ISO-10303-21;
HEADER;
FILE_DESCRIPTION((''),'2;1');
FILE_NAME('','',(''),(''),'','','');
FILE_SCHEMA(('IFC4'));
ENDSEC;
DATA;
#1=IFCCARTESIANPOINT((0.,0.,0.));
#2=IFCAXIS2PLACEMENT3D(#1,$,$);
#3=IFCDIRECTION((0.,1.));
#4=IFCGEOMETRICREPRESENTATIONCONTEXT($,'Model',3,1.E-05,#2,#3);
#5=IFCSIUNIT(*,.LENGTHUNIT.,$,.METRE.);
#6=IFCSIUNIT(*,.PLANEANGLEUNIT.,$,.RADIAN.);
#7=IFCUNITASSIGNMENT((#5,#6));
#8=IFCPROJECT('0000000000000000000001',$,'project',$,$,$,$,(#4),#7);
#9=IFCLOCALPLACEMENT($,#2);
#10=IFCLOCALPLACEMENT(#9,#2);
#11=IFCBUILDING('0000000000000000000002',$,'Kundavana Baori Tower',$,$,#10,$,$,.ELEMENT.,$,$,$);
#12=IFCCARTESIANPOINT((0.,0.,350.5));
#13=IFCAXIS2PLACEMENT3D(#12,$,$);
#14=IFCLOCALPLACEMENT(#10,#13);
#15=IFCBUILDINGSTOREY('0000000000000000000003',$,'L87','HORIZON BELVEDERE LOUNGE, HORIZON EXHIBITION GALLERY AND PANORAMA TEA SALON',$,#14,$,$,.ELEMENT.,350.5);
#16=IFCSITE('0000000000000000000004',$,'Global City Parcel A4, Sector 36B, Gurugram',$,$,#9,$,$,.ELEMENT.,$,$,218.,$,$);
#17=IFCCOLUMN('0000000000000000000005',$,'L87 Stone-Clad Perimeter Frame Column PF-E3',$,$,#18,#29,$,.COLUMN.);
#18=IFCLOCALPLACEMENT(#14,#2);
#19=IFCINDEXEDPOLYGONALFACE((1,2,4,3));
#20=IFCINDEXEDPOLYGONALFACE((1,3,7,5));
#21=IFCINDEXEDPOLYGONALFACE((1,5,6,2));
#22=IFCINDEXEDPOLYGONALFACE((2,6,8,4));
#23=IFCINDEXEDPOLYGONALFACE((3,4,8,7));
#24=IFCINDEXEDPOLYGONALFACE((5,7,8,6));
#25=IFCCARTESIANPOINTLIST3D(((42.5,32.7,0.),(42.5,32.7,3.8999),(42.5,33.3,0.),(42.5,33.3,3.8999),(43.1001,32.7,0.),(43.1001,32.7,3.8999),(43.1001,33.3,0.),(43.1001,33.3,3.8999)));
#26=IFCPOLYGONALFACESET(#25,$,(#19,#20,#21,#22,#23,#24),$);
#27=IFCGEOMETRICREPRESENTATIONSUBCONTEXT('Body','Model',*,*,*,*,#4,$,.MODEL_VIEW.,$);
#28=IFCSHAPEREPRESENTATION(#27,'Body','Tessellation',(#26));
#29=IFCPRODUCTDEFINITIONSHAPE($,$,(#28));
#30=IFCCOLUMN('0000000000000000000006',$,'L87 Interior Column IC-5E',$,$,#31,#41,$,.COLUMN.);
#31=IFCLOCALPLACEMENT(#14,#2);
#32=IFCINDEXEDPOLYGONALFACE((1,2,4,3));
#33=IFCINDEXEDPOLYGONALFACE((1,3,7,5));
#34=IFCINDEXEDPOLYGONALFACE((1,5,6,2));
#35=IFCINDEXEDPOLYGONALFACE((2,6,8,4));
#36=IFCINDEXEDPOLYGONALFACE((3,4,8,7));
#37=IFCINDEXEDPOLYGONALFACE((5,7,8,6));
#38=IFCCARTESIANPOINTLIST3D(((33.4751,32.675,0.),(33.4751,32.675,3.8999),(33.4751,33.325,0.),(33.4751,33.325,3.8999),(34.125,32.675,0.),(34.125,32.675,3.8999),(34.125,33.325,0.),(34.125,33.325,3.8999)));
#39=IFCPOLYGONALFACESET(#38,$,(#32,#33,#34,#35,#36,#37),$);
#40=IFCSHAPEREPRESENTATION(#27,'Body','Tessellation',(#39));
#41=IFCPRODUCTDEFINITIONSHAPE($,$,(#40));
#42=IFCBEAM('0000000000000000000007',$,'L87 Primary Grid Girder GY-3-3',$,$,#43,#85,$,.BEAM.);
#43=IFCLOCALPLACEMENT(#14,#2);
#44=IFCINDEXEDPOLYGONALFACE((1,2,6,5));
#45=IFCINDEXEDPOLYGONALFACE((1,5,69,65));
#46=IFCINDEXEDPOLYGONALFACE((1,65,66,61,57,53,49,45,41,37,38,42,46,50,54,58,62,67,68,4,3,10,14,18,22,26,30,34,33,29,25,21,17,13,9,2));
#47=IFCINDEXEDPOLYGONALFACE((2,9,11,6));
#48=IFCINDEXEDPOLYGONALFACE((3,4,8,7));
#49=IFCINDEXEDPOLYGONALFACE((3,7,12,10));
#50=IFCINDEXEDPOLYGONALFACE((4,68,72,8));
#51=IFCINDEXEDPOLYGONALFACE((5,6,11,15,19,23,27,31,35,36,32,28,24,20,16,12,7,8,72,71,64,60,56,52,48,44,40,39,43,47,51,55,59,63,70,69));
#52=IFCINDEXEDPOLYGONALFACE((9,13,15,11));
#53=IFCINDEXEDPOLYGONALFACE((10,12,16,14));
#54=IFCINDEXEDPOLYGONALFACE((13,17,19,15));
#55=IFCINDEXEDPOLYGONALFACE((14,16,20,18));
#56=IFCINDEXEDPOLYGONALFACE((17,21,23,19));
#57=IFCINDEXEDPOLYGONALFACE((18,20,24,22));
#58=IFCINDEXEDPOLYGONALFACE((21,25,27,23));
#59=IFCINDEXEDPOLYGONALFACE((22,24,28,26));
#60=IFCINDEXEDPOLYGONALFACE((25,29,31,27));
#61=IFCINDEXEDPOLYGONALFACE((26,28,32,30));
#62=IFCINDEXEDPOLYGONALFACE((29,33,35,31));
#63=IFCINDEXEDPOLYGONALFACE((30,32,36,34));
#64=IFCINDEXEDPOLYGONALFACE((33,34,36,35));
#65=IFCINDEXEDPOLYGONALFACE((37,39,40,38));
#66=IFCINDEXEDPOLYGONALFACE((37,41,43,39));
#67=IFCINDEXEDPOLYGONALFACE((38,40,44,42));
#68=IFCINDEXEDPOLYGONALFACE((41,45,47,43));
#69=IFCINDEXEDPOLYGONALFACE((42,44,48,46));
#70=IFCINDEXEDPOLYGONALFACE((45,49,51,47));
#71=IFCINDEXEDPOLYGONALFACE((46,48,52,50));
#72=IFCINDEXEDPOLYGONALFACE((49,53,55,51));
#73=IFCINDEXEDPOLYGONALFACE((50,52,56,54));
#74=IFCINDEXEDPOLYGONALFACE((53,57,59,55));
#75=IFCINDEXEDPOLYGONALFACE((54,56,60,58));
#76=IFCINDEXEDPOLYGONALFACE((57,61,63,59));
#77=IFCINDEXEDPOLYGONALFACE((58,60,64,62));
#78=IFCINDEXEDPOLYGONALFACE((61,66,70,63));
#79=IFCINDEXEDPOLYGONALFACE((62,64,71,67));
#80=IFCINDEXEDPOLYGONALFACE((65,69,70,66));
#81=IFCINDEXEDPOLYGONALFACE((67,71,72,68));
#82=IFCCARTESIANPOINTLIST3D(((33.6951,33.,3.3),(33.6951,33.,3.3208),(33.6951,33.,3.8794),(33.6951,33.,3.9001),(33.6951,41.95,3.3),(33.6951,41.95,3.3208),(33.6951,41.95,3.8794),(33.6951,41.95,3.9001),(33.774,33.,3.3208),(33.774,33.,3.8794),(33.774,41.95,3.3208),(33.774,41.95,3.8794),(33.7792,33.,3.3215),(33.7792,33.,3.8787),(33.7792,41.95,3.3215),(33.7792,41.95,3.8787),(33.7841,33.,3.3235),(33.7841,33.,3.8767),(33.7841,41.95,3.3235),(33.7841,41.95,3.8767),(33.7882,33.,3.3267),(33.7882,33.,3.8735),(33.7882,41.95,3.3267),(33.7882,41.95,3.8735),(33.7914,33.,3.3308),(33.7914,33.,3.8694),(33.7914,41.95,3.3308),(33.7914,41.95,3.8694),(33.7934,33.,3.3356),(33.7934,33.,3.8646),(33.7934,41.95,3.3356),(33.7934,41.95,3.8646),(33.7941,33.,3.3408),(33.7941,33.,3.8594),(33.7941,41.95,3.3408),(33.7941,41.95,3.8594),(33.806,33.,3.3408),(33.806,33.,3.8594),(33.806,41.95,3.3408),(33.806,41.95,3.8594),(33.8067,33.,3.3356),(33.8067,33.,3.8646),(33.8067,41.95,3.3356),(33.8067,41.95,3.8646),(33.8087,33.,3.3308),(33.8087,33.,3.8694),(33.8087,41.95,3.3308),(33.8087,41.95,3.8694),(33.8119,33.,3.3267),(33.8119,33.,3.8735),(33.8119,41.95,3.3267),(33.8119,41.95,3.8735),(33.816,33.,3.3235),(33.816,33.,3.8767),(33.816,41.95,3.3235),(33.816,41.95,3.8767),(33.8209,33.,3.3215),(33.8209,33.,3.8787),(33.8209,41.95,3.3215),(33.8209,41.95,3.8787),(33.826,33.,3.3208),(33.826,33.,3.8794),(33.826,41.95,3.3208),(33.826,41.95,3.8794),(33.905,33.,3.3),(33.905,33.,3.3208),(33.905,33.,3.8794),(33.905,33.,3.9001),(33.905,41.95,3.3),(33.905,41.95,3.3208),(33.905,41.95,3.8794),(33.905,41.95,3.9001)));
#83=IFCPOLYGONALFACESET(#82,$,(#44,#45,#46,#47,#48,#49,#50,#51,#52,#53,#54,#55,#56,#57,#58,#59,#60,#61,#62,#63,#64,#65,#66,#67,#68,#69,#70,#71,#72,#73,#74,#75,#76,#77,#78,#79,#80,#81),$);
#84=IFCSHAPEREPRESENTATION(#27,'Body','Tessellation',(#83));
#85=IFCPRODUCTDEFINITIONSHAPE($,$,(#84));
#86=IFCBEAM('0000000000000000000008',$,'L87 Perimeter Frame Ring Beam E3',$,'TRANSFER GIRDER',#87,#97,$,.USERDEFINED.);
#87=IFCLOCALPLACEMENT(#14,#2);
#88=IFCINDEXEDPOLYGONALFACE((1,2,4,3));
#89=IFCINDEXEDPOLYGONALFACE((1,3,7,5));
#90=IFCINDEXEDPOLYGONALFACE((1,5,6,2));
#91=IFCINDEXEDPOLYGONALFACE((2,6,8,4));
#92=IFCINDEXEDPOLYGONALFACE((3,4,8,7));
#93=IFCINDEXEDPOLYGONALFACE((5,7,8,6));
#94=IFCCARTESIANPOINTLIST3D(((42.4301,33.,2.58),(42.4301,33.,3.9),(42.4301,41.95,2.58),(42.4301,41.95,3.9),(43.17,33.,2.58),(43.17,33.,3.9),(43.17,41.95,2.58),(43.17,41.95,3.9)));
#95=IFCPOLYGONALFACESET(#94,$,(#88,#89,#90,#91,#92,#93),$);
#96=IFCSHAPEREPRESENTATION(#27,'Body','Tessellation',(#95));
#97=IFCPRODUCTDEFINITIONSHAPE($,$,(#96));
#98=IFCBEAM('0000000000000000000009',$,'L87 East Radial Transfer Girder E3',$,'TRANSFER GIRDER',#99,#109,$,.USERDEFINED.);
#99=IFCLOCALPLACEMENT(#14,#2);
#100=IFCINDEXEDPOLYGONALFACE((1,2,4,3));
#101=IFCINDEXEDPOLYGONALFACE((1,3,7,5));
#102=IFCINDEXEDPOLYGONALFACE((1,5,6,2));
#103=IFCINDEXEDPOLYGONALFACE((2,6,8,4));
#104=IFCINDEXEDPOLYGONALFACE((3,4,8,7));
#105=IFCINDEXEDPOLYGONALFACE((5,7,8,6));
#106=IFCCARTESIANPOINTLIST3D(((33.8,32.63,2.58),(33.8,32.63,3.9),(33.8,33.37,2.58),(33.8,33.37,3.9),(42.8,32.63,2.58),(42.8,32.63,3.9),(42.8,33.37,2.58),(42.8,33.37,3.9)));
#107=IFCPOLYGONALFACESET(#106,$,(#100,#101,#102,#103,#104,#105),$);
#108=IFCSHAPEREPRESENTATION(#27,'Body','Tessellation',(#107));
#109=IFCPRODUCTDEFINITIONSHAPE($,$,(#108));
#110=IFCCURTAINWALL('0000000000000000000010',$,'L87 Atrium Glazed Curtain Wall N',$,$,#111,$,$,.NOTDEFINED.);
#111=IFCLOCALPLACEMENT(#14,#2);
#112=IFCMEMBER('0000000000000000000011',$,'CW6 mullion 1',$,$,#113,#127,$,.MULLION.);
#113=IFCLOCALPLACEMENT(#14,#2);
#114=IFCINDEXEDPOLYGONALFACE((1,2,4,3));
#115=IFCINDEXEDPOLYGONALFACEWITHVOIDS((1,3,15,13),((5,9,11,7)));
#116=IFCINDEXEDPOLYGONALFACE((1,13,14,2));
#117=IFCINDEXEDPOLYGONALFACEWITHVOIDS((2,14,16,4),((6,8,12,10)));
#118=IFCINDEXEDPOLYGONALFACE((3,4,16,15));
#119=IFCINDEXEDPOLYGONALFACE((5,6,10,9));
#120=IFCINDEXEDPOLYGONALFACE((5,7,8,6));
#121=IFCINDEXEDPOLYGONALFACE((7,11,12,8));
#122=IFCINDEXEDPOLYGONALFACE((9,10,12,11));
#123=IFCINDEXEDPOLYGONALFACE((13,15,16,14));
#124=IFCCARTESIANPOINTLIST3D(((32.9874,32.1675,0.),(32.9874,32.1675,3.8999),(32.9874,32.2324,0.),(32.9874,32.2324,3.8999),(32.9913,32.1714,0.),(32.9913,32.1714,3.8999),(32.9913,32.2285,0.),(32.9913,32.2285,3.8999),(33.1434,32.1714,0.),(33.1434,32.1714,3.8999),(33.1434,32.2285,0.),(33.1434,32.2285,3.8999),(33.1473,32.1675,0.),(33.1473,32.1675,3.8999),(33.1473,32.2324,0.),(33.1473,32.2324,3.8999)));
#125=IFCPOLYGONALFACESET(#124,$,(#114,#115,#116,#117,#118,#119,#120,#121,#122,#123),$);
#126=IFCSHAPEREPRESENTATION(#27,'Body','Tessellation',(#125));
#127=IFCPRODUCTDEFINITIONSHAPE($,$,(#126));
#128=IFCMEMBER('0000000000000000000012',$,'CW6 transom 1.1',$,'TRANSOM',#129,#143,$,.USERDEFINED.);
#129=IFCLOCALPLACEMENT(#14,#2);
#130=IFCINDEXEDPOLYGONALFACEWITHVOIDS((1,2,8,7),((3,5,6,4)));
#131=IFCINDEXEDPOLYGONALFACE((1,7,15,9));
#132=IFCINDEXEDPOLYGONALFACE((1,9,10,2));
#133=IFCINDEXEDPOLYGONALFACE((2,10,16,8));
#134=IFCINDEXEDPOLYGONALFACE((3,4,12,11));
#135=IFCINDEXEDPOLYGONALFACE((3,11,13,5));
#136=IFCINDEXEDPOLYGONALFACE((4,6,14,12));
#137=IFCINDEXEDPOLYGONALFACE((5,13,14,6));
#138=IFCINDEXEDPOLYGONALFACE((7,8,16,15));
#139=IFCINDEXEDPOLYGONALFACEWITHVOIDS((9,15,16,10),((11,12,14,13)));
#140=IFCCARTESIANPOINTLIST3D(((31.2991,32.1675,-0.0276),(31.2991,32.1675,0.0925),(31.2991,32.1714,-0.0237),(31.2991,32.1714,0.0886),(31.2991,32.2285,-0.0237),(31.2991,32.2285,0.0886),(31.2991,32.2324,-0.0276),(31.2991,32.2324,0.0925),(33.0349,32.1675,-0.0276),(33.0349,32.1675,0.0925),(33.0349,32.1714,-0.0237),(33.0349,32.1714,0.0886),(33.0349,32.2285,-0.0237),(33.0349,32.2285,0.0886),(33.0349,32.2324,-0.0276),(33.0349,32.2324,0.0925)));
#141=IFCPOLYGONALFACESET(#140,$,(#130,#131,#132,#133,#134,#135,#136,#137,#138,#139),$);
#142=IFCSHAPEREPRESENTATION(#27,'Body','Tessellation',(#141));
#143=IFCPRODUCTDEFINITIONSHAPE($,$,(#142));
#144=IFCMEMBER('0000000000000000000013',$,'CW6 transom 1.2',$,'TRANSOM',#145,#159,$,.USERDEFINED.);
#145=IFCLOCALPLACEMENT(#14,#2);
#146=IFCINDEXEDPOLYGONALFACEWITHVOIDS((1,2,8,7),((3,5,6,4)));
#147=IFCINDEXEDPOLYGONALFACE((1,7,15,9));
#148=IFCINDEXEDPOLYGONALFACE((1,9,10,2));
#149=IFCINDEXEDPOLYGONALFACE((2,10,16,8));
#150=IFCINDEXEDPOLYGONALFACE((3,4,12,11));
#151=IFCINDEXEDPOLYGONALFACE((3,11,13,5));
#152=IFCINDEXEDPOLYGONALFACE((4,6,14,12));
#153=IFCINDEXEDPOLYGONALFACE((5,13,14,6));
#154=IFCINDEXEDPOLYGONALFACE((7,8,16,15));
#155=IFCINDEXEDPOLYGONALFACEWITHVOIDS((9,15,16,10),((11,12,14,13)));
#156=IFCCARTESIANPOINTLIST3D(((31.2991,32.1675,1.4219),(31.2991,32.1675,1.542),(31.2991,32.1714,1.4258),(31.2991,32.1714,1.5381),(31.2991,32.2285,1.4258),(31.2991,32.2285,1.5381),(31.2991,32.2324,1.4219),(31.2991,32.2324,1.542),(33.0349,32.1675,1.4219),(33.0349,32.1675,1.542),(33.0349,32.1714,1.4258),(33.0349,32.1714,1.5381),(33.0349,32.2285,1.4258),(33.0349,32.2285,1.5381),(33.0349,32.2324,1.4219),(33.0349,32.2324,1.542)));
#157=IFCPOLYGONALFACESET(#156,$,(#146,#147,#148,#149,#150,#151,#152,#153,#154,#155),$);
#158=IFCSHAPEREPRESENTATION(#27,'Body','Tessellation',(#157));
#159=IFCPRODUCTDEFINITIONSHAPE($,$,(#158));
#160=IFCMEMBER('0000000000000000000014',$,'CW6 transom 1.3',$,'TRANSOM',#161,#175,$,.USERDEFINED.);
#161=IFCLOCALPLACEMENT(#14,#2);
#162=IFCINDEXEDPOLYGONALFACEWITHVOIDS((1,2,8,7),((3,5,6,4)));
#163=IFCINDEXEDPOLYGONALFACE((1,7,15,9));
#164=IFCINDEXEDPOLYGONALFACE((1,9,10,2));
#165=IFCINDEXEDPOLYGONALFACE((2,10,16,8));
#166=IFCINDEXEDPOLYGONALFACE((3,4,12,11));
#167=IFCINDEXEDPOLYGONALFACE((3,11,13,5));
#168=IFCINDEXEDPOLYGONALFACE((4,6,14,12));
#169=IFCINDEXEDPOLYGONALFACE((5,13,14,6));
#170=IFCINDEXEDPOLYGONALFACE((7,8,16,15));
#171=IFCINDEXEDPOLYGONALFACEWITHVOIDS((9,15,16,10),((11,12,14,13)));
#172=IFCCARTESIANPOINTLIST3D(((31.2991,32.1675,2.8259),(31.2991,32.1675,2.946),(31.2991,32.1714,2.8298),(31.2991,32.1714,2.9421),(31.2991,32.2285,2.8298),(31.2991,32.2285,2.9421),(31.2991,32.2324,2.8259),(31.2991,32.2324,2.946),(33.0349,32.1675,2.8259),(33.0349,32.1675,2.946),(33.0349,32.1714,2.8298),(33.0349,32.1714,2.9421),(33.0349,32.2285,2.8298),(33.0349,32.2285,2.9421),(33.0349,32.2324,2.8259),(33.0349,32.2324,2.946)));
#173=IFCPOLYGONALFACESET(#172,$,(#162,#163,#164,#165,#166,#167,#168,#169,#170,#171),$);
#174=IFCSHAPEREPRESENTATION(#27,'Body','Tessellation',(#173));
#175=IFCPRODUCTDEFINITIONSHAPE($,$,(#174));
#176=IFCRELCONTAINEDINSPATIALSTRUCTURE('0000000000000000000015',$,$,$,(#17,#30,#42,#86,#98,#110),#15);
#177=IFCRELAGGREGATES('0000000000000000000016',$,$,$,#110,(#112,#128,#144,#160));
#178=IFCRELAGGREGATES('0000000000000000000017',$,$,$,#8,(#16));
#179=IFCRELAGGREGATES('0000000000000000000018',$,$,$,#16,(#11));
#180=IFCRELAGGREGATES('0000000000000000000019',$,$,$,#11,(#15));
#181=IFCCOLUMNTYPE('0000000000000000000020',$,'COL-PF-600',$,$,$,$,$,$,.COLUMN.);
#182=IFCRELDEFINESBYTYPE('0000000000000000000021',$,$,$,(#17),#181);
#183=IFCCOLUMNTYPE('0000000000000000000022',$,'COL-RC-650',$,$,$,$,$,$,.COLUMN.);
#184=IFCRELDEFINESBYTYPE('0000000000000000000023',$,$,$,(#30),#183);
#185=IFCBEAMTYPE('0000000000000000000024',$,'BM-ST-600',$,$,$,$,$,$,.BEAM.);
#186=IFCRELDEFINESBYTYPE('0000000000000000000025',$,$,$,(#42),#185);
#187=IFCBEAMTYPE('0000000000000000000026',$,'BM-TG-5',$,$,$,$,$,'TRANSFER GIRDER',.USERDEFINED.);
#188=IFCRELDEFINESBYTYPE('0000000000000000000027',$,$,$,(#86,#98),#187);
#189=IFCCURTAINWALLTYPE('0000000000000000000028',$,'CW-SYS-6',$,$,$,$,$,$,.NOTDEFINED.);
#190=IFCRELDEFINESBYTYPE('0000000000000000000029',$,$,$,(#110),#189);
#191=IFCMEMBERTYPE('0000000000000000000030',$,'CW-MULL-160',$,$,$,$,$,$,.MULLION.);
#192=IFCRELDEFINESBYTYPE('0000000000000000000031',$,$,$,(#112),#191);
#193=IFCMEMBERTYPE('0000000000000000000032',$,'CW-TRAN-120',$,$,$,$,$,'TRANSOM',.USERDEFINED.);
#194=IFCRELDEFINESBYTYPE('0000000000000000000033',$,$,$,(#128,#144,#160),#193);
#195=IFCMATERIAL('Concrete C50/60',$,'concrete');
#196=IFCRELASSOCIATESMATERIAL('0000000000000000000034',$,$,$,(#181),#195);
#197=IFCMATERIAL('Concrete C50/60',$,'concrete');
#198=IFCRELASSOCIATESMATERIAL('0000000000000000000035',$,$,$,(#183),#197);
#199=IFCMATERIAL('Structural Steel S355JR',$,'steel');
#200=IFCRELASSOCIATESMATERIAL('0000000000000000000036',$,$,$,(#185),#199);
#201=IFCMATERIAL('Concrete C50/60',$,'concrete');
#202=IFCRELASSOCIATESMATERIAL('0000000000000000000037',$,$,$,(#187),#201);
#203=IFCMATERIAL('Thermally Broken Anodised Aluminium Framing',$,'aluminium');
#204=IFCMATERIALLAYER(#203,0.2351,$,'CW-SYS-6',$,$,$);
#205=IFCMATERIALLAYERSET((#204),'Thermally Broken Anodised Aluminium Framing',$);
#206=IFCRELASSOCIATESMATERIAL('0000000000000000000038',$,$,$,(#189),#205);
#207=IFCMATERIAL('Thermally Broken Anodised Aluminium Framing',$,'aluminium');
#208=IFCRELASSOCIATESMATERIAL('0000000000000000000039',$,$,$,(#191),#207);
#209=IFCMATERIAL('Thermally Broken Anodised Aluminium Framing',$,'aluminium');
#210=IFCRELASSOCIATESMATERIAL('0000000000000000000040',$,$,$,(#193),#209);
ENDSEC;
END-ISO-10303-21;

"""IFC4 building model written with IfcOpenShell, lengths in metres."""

from ifc_helpers import new_model, si_unit, direction, frame, origin, origin_2d, place, context, subcontext, project, spatial, rectangle, hollow_rectangle, i_section, extrude, material, layer, layer_set, material_profile, profile_set, type_object, element, aggregate, save


model = new_model("IFC4")

# Units and contexts
model_context = context("Model", 3, precision=1e-05, world=origin(), true_north=direction((0.0, 1.0)))
body_context = subcontext(model_context, "Body", "Model", "MODEL_VIEW")
ifc_project = project(units=[si_unit("LENGTHUNIT", "METRE"), si_unit("PLANEANGLEUNIT", "RADIAN")], contexts=[model_context])

# Site, building, storey
site_placement = place(None, origin())
site = spatial("IfcSite", under=ifc_project, at=site_placement, Name="Global City Parcel A4, Sector 36B, Gurugram", CompositionType="ELEMENT", RefElevation=218.0)
building_placement = place(site_placement, origin())
building = spatial("IfcBuilding", under=site, at=building_placement, Name="Kundavana Baori Tower", CompositionType="ELEMENT")
storey_placement = place(building_placement, frame((0.0, 0.0, 350.5)))
storey = spatial("IfcBuildingStorey", under=building, at=storey_placement, Name="L87", Description="HORIZON BELVEDERE LOUNGE, HORIZON EXHIBITION GALLERY AND PANORAMA TEA SALON", CompositionType="ELEMENT", Elevation=350.5)

# Columns
ifc_material_1 = material(Name="Concrete C50/60", Category="concrete")
ifc_material_profile_1 = material_profile(ifc_material_1, rectangle(XDim=0.6001, YDim=0.6001, at=origin_2d()), Name="RC PF 600x600")
ifc_profile_set_1 = profile_set([ifc_material_profile_1], Name="Concrete C50/60")
column_type_1 = type_object("IfcColumnType", Name="COL-PF-600", PredefinedType="COLUMN", material=ifc_profile_set_1)
column_1_placement = place(storey_placement, frame((42.8, 33.0, 0.0), z_axis=(0.0, 0.0, 1.0), x_axis=(1.0, 0.0, 0.0)))
element("IfcColumn", 1, at=column_1_placement, inside=storey, type_object=column_type_1, Name="L87 Stone-Clad Perimeter Frame Column PF-E3", PredefinedType="COLUMN", context=body_context, shape_type="SweptSolid", body=[
    extrude(rectangle(XDim=0.6001, YDim=0.6001, at=origin_2d()), origin(), (0.0, 0.0, 1.0), 3.8999),
])
ifc_material_2 = material(Name="Concrete C50/60", Category="concrete")
ifc_material_profile_2 = material_profile(ifc_material_2, rectangle(XDim=0.6499, YDim=0.6499, at=origin_2d()), Name="RC 650x650")
ifc_profile_set_2 = profile_set([ifc_material_profile_2], Name="Concrete C50/60")
column_type_2 = type_object("IfcColumnType", Name="COL-RC-650", PredefinedType="COLUMN", material=ifc_profile_set_2)
column_2_placement = place(storey_placement, frame((33.8, 33.0, 0.0), z_axis=(0.0, 0.0, 1.0), x_axis=(1.0, 0.0, 0.0)))
element("IfcColumn", 2, at=column_2_placement, inside=storey, type_object=column_type_2, Name="L87 Interior Column IC-5E", PredefinedType="COLUMN", context=body_context, shape_type="SweptSolid", body=[
    extrude(rectangle(XDim=0.6499, YDim=0.6499, at=origin_2d()), origin(), (0.0, 0.0, 1.0), 3.8999),
])

# Beams
ifc_material_3 = material(Name="Structural Steel S355JR", Category="steel")
ifc_material_profile_3 = material_profile(ifc_material_3, i_section(OverallWidth=0.21, OverallDepth=0.6001, WebThickness=0.012, FlangeThickness=0.0208, FilletRadius=0.02, at=origin_2d()), Name="ISMB 600")
ifc_profile_set_3 = profile_set([ifc_material_profile_3], Name="Structural Steel S355JR")
beam_type_1 = type_object("IfcBeamType", Name="BM-ST-600", PredefinedType="BEAM", material=ifc_profile_set_3)
beam_1_placement = place(storey_placement, frame((33.8, 33.0, 3.6001), z_axis=(0.0, 1.0, 0.0), x_axis=(-1.0, 0.0, 0.0)))
element("IfcBeam", 3, at=beam_1_placement, inside=storey, type_object=beam_type_1, Name="L87 Primary Grid Girder GY-3-3", PredefinedType="BEAM", context=body_context, shape_type="SweptSolid", body=[
    extrude(i_section(OverallWidth=0.21, OverallDepth=0.6001, WebThickness=0.012, FlangeThickness=0.0208, FilletRadius=0.02, at=origin_2d()), origin(), (0.0, 0.0, 1.0), 8.95),
])
ifc_material_4 = material(Name="Concrete C50/60", Category="concrete")
ifc_material_profile_4 = material_profile(ifc_material_4, rectangle(XDim=0.74, YDim=1.3201, at=origin_2d()), Name="BM-TG-5")
ifc_profile_set_4 = profile_set([ifc_material_profile_4], Name="Concrete C50/60")
beam_type_2 = type_object("IfcBeamType", Name="BM-TG-5", ElementType="TRANSFER GIRDER", PredefinedType="USERDEFINED", material=ifc_profile_set_4)
beam_2_placement = place(storey_placement, frame((42.8, 33.0, 3.24), z_axis=(0.0, 1.0, 0.0), x_axis=(-1.0, 0.0, 0.0)))
element("IfcBeam", 4, at=beam_2_placement, inside=storey, type_object=beam_type_2, Name="L87 Perimeter Frame Ring Beam E3", ObjectType="TRANSFER GIRDER", PredefinedType="USERDEFINED", context=body_context, shape_type="SweptSolid", body=[
    extrude(rectangle(XDim=0.74, YDim=1.3201, at=origin_2d()), origin(), (0.0, 0.0, 1.0), 8.95),
])
beam_3_placement = place(storey_placement, frame((33.8, 33.0, 3.24), z_axis=(1.0, 0.0, 0.0), x_axis=(0.0, 1.0, 0.0)))
element("IfcBeam", 5, at=beam_3_placement, inside=storey, type_object=beam_type_2, Name="L87 East Radial Transfer Girder E3", ObjectType="TRANSFER GIRDER", PredefinedType="USERDEFINED", context=body_context, shape_type="SweptSolid", body=[
    extrude(rectangle(XDim=0.74, YDim=1.3201, at=origin_2d()), origin(), (0.0, 0.0, 1.0), 9.0),
])

# Curtain wall, members
ifc_material_5 = material(Name="Thermally Broken Anodised Aluminium Framing", Category="aluminium")
ifc_layer_1 = layer(ifc_material_5, 0.2351, Name="CW-SYS-6")
ifc_layer_set_1 = layer_set([ifc_layer_1], Name="Thermally Broken Anodised Aluminium Framing")
curtain_wall_type = type_object("IfcCurtainWallType", Name="CW-SYS-6", PredefinedType="NOTDEFINED", material=ifc_layer_set_1)
curtain_wall_placement = place(storey_placement, origin())
curtain_wall = element("IfcCurtainWall", 6, at=curtain_wall_placement, inside=storey, type_object=curtain_wall_type, Name="L87 Atrium Glazed Curtain Wall N", PredefinedType="NOTDEFINED")
ifc_material_6 = material(Name="Thermally Broken Anodised Aluminium Framing", Category="aluminium")
ifc_material_profile_5 = material_profile(ifc_material_6, hollow_rectangle(XDim=0.0649, YDim=0.1599, WallThickness=0.0039, at=origin_2d()), Name="CW-MULL-160")
ifc_profile_set_5 = profile_set([ifc_material_profile_5], Name="Thermally Broken Anodised Aluminium Framing")
member_type_1 = type_object("IfcMemberType", Name="CW-MULL-160", PredefinedType="MULLION", material=ifc_profile_set_5)
member_1_placement = place(storey_placement, frame((33.0674, 32.2, 0.0), z_axis=(0.0, 0.0, 1.0), x_axis=(0.0, -1.0, 0.0)))
member_1 = element("IfcMember", 7, at=member_1_placement, type_object=member_type_1, Name="CW6 mullion 1", PredefinedType="MULLION", context=body_context, shape_type="SweptSolid", body=[
    extrude(hollow_rectangle(XDim=0.0649, YDim=0.1599, WallThickness=0.0039, at=origin_2d()), origin(), (0.0, 0.0, 1.0), 3.8999),
])
ifc_material_7 = material(Name="Thermally Broken Anodised Aluminium Framing", Category="aluminium")
ifc_material_profile_6 = material_profile(ifc_material_7, hollow_rectangle(XDim=0.0649, YDim=0.1201, WallThickness=0.0039, at=origin_2d()), Name="CW-TRAN-120")
ifc_profile_set_6 = profile_set([ifc_material_profile_6], Name="Thermally Broken Anodised Aluminium Framing")
member_type_2 = type_object("IfcMemberType", Name="CW-TRAN-120", ElementType="TRANSOM", PredefinedType="USERDEFINED", material=ifc_profile_set_6)
member_2_placement = place(storey_placement, frame((33.0349, 32.2, 0.0325), z_axis=(-1.0, 0.0, 0.0), x_axis=(0.0, -1.0, 0.0)))
member_2 = element("IfcMember", 8, at=member_2_placement, type_object=member_type_2, Name="CW6 transom 1.1", ObjectType="TRANSOM", PredefinedType="USERDEFINED", context=body_context, shape_type="SweptSolid", body=[
    extrude(hollow_rectangle(XDim=0.0649, YDim=0.1201, WallThickness=0.0039, at=origin_2d()), origin(), (0.0, 0.0, 1.0), 1.7358),
])
member_3_placement = place(storey_placement, frame((33.0349, 32.2, 1.4819), z_axis=(-1.0, 0.0, 0.0), x_axis=(0.0, -1.0, 0.0)))
member_3 = element("IfcMember", 9, at=member_3_placement, type_object=member_type_2, Name="CW6 transom 1.2", ObjectType="TRANSOM", PredefinedType="USERDEFINED", context=body_context, shape_type="SweptSolid", body=[
    extrude(hollow_rectangle(XDim=0.0649, YDim=0.1201, WallThickness=0.0039, at=origin_2d()), origin(), (0.0, 0.0, 1.0), 1.7358),
])
member_4_placement = place(storey_placement, frame((33.0349, 32.2, 2.886), z_axis=(-1.0, 0.0, 0.0), x_axis=(0.0, -1.0, 0.0)))
member_4 = element("IfcMember", 10, at=member_4_placement, type_object=member_type_2, Name="CW6 transom 1.3", ObjectType="TRANSOM", PredefinedType="USERDEFINED", context=body_context, shape_type="SweptSolid", body=[
    extrude(hollow_rectangle(XDim=0.0649, YDim=0.1201, WallThickness=0.0039, at=origin_2d()), origin(), (0.0, 0.0, 1.0), 1.7358),
])
aggregate(curtain_wall, [member_1, member_2, member_3, member_4])

save(model, "model.ifc")
